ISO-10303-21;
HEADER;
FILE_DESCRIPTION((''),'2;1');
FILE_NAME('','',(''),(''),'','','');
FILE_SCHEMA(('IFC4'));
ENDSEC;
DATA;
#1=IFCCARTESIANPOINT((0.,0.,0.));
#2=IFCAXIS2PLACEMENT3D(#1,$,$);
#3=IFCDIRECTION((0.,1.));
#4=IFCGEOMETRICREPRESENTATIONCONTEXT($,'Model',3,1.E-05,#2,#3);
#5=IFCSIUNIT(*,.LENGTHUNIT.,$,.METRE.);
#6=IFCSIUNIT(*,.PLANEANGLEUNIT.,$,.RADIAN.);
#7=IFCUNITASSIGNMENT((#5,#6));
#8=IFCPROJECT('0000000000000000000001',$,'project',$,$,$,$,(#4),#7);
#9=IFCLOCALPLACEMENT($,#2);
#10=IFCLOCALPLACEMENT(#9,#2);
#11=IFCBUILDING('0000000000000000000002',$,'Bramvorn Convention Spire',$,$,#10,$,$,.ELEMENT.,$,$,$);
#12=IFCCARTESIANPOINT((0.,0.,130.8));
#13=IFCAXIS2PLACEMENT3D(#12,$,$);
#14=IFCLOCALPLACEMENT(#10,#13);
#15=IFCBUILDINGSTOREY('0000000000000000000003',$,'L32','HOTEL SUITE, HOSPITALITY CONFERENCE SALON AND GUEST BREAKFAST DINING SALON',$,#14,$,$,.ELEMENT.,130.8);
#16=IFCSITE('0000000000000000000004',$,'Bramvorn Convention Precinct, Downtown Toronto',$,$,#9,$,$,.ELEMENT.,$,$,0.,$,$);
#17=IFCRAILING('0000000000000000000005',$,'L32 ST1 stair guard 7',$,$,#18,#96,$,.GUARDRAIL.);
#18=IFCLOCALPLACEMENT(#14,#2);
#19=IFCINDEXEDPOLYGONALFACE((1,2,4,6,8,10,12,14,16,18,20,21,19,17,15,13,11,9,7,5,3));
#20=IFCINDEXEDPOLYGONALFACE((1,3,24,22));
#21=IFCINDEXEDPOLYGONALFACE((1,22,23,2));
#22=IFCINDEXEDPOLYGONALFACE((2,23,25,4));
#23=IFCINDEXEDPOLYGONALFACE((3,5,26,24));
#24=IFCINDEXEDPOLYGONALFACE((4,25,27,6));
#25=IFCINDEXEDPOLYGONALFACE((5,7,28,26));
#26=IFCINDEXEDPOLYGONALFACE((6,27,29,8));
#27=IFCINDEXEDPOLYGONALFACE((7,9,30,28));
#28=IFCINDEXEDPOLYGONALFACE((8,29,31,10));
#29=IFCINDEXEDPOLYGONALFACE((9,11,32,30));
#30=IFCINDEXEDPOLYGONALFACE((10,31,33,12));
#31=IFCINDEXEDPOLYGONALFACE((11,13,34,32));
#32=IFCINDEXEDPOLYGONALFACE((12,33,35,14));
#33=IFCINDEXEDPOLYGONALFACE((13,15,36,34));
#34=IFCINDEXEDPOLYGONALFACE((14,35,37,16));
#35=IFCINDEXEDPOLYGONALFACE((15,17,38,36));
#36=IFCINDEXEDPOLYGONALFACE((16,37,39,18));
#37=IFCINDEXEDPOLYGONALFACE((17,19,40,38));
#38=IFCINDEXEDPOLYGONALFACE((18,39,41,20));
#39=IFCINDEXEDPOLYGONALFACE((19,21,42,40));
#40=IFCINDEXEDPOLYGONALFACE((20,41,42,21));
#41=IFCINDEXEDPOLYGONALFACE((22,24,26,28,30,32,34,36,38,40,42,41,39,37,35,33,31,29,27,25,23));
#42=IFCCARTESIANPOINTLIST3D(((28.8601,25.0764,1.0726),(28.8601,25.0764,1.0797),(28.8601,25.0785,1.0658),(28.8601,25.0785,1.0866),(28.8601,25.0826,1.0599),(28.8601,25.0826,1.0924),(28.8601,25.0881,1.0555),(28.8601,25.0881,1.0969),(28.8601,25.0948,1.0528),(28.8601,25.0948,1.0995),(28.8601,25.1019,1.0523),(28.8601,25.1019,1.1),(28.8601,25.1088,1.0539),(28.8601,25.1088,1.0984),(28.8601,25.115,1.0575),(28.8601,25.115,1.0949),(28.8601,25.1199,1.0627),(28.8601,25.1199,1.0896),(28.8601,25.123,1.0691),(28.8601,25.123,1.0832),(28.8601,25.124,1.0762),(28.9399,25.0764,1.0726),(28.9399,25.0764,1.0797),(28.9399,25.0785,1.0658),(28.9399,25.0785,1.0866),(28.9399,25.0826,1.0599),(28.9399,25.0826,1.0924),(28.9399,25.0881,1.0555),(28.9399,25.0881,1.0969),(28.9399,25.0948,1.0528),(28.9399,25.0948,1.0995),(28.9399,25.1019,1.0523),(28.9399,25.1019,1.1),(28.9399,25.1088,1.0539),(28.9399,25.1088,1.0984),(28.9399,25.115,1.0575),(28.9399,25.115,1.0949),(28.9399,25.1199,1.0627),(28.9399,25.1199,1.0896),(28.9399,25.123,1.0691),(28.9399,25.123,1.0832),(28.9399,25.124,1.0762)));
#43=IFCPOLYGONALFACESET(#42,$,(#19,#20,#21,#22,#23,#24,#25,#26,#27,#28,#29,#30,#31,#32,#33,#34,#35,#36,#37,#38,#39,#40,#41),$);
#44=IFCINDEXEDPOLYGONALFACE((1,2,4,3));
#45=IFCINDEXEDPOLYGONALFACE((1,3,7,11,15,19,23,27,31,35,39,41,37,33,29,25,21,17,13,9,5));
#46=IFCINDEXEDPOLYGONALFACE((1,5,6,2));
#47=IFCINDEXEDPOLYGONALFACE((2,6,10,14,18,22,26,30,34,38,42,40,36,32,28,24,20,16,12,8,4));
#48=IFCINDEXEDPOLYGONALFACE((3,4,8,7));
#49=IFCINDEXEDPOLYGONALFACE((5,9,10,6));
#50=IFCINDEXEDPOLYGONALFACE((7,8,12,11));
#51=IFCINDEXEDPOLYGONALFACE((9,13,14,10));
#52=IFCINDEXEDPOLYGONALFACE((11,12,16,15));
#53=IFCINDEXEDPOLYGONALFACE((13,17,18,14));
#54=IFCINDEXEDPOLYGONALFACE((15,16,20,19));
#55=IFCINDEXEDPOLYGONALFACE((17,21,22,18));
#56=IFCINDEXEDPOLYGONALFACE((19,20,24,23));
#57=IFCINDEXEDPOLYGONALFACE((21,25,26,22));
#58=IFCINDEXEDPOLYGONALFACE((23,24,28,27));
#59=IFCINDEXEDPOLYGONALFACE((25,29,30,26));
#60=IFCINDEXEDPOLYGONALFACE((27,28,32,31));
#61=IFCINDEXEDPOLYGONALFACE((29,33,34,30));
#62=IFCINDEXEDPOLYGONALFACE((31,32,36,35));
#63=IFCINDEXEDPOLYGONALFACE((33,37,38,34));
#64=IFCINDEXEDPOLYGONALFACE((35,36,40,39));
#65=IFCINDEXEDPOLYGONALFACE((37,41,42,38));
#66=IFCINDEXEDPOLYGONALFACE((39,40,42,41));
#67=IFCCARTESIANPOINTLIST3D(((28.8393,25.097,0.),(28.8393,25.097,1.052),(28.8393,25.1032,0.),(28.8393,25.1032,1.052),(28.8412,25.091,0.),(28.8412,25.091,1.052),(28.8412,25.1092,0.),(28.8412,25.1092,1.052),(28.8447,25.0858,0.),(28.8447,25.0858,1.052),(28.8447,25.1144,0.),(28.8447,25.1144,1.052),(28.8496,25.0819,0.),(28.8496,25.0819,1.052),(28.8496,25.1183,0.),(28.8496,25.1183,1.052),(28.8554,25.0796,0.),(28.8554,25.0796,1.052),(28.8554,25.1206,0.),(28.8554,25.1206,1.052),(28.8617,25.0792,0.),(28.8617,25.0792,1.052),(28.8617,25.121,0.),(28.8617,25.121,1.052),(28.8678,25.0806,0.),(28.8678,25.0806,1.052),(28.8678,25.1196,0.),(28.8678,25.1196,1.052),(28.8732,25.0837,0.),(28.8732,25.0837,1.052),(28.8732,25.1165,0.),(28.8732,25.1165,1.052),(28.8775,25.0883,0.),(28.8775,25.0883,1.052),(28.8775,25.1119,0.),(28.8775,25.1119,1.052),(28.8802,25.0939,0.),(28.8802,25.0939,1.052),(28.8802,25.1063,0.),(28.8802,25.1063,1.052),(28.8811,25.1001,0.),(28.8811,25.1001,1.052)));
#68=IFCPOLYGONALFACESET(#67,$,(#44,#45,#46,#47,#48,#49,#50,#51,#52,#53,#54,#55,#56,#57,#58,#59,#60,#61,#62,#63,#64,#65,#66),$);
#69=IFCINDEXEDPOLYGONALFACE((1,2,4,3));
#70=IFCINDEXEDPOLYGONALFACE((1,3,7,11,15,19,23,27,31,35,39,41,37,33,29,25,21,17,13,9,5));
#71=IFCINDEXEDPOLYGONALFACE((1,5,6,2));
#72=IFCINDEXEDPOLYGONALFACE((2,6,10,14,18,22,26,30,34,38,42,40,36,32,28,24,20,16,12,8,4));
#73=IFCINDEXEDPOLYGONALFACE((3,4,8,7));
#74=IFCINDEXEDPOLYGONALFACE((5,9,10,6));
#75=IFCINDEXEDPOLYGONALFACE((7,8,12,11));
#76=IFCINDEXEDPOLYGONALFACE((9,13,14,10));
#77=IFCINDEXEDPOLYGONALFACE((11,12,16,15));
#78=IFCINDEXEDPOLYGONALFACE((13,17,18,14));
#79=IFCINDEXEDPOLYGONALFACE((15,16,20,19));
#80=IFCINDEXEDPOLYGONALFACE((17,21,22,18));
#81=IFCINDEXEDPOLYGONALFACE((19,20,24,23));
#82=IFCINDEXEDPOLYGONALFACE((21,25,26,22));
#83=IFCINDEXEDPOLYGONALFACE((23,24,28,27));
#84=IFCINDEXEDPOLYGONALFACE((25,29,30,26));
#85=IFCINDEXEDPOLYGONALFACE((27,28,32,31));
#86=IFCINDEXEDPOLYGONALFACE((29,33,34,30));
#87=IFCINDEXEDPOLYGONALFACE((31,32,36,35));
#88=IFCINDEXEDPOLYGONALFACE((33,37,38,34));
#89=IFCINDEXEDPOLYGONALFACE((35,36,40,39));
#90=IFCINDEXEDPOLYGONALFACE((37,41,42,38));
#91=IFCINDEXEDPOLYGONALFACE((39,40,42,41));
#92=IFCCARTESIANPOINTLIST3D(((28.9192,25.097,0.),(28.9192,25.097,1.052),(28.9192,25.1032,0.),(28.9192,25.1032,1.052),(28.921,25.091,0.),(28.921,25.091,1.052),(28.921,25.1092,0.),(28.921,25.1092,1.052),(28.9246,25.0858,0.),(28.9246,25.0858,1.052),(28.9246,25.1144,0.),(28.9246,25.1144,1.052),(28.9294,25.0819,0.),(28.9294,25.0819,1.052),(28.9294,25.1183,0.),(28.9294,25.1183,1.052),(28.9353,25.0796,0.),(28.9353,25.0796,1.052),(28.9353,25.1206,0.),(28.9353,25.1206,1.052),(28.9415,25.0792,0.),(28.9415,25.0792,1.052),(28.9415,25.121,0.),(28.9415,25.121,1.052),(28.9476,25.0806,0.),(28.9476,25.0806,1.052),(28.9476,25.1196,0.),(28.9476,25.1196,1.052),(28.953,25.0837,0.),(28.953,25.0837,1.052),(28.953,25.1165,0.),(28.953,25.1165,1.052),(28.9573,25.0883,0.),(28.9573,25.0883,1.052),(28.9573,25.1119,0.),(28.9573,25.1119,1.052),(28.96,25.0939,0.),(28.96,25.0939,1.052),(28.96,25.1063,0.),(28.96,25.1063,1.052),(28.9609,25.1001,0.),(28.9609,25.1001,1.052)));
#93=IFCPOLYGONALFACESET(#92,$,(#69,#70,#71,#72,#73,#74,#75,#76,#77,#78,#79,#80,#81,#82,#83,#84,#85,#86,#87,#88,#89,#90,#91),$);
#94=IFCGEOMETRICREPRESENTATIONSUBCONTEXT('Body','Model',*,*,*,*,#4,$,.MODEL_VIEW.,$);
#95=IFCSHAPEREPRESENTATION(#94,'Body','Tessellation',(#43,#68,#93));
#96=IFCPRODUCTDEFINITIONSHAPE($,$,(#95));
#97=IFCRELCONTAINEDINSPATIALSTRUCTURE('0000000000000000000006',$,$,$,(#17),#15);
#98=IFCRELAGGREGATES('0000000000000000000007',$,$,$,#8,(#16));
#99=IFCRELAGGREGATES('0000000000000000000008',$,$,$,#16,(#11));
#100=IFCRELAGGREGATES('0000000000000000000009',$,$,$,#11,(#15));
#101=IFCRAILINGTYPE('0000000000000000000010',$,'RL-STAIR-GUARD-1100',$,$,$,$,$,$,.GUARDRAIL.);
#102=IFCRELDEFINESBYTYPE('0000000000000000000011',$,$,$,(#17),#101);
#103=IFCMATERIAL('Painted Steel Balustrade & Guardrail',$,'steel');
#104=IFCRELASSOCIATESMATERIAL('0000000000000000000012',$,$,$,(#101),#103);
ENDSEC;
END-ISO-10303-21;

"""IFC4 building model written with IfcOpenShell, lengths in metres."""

from ifc_helpers import new_model, si_unit, direction, frame, origin, origin_2d, place, context, subcontext, project, spatial, circle, extrude, material, type_object, element, save


model = new_model("IFC4")

# Units and contexts
model_context = context("Model", 3, precision=1e-05, world=origin(), true_north=direction((0.0, 1.0)))
body_context = subcontext(model_context, "Body", "Model", "MODEL_VIEW")
ifc_project = project(units=[si_unit("LENGTHUNIT", "METRE"), si_unit("PLANEANGLEUNIT", "RADIAN")], contexts=[model_context])

# Site, building, storey
site_placement = place(None, origin())
site = spatial("IfcSite", under=ifc_project, at=site_placement, Name="Bramvorn Convention Precinct, Downtown Toronto", CompositionType="ELEMENT", RefElevation=0.0)
building_placement = place(site_placement, origin())
building = spatial("IfcBuilding", under=site, at=building_placement, Name="Bramvorn Convention Spire", CompositionType="ELEMENT")
storey_placement = place(building_placement, frame((0.0, 0.0, 130.8)))
storey = spatial("IfcBuildingStorey", under=building, at=storey_placement, Name="L32", Description="HOTEL SUITE, HOSPITALITY CONFERENCE SALON AND GUEST BREAKFAST DINING SALON", CompositionType="ELEMENT", Elevation=130.8)

# Railing
ifc_material_1 = material(Name="Painted Steel Balustrade & Guardrail", Category="steel")
railing_type_1 = type_object("IfcRailingType", Name="RL-STAIR-GUARD-1100", PredefinedType="GUARDRAIL", material=ifc_material_1)
railing_1_placement = place(storey_placement, frame((28.8601, 25.1001, 0.0)))
element("IfcRailing", 1, at=railing_1_placement, inside=storey, type_object=railing_type_1, Name="L32 ST1 stair guard 7", PredefinedType="GUARDRAIL", context=body_context, shape_type="SweptSolid", body=[
    extrude(circle(Radius=0.0239, at=origin_2d()), frame((0.0, 0.0, 1.0762), z_axis=(1.0, 0.0, 0.0), x_axis=(0.0, 1.0, 0.0)), (0.0, 0.0, 1.0), 0.0798),
    extrude(circle(Radius=0.021, at=origin_2d()), origin(), (0.0, 0.0, 1.0), 1.052),
    extrude(circle(Radius=0.021, at=origin_2d()), frame((0.0798, 0.0, 0.0)), (0.0, 0.0, 1.0), 1.052),
])

save(model, "model.ifc")
